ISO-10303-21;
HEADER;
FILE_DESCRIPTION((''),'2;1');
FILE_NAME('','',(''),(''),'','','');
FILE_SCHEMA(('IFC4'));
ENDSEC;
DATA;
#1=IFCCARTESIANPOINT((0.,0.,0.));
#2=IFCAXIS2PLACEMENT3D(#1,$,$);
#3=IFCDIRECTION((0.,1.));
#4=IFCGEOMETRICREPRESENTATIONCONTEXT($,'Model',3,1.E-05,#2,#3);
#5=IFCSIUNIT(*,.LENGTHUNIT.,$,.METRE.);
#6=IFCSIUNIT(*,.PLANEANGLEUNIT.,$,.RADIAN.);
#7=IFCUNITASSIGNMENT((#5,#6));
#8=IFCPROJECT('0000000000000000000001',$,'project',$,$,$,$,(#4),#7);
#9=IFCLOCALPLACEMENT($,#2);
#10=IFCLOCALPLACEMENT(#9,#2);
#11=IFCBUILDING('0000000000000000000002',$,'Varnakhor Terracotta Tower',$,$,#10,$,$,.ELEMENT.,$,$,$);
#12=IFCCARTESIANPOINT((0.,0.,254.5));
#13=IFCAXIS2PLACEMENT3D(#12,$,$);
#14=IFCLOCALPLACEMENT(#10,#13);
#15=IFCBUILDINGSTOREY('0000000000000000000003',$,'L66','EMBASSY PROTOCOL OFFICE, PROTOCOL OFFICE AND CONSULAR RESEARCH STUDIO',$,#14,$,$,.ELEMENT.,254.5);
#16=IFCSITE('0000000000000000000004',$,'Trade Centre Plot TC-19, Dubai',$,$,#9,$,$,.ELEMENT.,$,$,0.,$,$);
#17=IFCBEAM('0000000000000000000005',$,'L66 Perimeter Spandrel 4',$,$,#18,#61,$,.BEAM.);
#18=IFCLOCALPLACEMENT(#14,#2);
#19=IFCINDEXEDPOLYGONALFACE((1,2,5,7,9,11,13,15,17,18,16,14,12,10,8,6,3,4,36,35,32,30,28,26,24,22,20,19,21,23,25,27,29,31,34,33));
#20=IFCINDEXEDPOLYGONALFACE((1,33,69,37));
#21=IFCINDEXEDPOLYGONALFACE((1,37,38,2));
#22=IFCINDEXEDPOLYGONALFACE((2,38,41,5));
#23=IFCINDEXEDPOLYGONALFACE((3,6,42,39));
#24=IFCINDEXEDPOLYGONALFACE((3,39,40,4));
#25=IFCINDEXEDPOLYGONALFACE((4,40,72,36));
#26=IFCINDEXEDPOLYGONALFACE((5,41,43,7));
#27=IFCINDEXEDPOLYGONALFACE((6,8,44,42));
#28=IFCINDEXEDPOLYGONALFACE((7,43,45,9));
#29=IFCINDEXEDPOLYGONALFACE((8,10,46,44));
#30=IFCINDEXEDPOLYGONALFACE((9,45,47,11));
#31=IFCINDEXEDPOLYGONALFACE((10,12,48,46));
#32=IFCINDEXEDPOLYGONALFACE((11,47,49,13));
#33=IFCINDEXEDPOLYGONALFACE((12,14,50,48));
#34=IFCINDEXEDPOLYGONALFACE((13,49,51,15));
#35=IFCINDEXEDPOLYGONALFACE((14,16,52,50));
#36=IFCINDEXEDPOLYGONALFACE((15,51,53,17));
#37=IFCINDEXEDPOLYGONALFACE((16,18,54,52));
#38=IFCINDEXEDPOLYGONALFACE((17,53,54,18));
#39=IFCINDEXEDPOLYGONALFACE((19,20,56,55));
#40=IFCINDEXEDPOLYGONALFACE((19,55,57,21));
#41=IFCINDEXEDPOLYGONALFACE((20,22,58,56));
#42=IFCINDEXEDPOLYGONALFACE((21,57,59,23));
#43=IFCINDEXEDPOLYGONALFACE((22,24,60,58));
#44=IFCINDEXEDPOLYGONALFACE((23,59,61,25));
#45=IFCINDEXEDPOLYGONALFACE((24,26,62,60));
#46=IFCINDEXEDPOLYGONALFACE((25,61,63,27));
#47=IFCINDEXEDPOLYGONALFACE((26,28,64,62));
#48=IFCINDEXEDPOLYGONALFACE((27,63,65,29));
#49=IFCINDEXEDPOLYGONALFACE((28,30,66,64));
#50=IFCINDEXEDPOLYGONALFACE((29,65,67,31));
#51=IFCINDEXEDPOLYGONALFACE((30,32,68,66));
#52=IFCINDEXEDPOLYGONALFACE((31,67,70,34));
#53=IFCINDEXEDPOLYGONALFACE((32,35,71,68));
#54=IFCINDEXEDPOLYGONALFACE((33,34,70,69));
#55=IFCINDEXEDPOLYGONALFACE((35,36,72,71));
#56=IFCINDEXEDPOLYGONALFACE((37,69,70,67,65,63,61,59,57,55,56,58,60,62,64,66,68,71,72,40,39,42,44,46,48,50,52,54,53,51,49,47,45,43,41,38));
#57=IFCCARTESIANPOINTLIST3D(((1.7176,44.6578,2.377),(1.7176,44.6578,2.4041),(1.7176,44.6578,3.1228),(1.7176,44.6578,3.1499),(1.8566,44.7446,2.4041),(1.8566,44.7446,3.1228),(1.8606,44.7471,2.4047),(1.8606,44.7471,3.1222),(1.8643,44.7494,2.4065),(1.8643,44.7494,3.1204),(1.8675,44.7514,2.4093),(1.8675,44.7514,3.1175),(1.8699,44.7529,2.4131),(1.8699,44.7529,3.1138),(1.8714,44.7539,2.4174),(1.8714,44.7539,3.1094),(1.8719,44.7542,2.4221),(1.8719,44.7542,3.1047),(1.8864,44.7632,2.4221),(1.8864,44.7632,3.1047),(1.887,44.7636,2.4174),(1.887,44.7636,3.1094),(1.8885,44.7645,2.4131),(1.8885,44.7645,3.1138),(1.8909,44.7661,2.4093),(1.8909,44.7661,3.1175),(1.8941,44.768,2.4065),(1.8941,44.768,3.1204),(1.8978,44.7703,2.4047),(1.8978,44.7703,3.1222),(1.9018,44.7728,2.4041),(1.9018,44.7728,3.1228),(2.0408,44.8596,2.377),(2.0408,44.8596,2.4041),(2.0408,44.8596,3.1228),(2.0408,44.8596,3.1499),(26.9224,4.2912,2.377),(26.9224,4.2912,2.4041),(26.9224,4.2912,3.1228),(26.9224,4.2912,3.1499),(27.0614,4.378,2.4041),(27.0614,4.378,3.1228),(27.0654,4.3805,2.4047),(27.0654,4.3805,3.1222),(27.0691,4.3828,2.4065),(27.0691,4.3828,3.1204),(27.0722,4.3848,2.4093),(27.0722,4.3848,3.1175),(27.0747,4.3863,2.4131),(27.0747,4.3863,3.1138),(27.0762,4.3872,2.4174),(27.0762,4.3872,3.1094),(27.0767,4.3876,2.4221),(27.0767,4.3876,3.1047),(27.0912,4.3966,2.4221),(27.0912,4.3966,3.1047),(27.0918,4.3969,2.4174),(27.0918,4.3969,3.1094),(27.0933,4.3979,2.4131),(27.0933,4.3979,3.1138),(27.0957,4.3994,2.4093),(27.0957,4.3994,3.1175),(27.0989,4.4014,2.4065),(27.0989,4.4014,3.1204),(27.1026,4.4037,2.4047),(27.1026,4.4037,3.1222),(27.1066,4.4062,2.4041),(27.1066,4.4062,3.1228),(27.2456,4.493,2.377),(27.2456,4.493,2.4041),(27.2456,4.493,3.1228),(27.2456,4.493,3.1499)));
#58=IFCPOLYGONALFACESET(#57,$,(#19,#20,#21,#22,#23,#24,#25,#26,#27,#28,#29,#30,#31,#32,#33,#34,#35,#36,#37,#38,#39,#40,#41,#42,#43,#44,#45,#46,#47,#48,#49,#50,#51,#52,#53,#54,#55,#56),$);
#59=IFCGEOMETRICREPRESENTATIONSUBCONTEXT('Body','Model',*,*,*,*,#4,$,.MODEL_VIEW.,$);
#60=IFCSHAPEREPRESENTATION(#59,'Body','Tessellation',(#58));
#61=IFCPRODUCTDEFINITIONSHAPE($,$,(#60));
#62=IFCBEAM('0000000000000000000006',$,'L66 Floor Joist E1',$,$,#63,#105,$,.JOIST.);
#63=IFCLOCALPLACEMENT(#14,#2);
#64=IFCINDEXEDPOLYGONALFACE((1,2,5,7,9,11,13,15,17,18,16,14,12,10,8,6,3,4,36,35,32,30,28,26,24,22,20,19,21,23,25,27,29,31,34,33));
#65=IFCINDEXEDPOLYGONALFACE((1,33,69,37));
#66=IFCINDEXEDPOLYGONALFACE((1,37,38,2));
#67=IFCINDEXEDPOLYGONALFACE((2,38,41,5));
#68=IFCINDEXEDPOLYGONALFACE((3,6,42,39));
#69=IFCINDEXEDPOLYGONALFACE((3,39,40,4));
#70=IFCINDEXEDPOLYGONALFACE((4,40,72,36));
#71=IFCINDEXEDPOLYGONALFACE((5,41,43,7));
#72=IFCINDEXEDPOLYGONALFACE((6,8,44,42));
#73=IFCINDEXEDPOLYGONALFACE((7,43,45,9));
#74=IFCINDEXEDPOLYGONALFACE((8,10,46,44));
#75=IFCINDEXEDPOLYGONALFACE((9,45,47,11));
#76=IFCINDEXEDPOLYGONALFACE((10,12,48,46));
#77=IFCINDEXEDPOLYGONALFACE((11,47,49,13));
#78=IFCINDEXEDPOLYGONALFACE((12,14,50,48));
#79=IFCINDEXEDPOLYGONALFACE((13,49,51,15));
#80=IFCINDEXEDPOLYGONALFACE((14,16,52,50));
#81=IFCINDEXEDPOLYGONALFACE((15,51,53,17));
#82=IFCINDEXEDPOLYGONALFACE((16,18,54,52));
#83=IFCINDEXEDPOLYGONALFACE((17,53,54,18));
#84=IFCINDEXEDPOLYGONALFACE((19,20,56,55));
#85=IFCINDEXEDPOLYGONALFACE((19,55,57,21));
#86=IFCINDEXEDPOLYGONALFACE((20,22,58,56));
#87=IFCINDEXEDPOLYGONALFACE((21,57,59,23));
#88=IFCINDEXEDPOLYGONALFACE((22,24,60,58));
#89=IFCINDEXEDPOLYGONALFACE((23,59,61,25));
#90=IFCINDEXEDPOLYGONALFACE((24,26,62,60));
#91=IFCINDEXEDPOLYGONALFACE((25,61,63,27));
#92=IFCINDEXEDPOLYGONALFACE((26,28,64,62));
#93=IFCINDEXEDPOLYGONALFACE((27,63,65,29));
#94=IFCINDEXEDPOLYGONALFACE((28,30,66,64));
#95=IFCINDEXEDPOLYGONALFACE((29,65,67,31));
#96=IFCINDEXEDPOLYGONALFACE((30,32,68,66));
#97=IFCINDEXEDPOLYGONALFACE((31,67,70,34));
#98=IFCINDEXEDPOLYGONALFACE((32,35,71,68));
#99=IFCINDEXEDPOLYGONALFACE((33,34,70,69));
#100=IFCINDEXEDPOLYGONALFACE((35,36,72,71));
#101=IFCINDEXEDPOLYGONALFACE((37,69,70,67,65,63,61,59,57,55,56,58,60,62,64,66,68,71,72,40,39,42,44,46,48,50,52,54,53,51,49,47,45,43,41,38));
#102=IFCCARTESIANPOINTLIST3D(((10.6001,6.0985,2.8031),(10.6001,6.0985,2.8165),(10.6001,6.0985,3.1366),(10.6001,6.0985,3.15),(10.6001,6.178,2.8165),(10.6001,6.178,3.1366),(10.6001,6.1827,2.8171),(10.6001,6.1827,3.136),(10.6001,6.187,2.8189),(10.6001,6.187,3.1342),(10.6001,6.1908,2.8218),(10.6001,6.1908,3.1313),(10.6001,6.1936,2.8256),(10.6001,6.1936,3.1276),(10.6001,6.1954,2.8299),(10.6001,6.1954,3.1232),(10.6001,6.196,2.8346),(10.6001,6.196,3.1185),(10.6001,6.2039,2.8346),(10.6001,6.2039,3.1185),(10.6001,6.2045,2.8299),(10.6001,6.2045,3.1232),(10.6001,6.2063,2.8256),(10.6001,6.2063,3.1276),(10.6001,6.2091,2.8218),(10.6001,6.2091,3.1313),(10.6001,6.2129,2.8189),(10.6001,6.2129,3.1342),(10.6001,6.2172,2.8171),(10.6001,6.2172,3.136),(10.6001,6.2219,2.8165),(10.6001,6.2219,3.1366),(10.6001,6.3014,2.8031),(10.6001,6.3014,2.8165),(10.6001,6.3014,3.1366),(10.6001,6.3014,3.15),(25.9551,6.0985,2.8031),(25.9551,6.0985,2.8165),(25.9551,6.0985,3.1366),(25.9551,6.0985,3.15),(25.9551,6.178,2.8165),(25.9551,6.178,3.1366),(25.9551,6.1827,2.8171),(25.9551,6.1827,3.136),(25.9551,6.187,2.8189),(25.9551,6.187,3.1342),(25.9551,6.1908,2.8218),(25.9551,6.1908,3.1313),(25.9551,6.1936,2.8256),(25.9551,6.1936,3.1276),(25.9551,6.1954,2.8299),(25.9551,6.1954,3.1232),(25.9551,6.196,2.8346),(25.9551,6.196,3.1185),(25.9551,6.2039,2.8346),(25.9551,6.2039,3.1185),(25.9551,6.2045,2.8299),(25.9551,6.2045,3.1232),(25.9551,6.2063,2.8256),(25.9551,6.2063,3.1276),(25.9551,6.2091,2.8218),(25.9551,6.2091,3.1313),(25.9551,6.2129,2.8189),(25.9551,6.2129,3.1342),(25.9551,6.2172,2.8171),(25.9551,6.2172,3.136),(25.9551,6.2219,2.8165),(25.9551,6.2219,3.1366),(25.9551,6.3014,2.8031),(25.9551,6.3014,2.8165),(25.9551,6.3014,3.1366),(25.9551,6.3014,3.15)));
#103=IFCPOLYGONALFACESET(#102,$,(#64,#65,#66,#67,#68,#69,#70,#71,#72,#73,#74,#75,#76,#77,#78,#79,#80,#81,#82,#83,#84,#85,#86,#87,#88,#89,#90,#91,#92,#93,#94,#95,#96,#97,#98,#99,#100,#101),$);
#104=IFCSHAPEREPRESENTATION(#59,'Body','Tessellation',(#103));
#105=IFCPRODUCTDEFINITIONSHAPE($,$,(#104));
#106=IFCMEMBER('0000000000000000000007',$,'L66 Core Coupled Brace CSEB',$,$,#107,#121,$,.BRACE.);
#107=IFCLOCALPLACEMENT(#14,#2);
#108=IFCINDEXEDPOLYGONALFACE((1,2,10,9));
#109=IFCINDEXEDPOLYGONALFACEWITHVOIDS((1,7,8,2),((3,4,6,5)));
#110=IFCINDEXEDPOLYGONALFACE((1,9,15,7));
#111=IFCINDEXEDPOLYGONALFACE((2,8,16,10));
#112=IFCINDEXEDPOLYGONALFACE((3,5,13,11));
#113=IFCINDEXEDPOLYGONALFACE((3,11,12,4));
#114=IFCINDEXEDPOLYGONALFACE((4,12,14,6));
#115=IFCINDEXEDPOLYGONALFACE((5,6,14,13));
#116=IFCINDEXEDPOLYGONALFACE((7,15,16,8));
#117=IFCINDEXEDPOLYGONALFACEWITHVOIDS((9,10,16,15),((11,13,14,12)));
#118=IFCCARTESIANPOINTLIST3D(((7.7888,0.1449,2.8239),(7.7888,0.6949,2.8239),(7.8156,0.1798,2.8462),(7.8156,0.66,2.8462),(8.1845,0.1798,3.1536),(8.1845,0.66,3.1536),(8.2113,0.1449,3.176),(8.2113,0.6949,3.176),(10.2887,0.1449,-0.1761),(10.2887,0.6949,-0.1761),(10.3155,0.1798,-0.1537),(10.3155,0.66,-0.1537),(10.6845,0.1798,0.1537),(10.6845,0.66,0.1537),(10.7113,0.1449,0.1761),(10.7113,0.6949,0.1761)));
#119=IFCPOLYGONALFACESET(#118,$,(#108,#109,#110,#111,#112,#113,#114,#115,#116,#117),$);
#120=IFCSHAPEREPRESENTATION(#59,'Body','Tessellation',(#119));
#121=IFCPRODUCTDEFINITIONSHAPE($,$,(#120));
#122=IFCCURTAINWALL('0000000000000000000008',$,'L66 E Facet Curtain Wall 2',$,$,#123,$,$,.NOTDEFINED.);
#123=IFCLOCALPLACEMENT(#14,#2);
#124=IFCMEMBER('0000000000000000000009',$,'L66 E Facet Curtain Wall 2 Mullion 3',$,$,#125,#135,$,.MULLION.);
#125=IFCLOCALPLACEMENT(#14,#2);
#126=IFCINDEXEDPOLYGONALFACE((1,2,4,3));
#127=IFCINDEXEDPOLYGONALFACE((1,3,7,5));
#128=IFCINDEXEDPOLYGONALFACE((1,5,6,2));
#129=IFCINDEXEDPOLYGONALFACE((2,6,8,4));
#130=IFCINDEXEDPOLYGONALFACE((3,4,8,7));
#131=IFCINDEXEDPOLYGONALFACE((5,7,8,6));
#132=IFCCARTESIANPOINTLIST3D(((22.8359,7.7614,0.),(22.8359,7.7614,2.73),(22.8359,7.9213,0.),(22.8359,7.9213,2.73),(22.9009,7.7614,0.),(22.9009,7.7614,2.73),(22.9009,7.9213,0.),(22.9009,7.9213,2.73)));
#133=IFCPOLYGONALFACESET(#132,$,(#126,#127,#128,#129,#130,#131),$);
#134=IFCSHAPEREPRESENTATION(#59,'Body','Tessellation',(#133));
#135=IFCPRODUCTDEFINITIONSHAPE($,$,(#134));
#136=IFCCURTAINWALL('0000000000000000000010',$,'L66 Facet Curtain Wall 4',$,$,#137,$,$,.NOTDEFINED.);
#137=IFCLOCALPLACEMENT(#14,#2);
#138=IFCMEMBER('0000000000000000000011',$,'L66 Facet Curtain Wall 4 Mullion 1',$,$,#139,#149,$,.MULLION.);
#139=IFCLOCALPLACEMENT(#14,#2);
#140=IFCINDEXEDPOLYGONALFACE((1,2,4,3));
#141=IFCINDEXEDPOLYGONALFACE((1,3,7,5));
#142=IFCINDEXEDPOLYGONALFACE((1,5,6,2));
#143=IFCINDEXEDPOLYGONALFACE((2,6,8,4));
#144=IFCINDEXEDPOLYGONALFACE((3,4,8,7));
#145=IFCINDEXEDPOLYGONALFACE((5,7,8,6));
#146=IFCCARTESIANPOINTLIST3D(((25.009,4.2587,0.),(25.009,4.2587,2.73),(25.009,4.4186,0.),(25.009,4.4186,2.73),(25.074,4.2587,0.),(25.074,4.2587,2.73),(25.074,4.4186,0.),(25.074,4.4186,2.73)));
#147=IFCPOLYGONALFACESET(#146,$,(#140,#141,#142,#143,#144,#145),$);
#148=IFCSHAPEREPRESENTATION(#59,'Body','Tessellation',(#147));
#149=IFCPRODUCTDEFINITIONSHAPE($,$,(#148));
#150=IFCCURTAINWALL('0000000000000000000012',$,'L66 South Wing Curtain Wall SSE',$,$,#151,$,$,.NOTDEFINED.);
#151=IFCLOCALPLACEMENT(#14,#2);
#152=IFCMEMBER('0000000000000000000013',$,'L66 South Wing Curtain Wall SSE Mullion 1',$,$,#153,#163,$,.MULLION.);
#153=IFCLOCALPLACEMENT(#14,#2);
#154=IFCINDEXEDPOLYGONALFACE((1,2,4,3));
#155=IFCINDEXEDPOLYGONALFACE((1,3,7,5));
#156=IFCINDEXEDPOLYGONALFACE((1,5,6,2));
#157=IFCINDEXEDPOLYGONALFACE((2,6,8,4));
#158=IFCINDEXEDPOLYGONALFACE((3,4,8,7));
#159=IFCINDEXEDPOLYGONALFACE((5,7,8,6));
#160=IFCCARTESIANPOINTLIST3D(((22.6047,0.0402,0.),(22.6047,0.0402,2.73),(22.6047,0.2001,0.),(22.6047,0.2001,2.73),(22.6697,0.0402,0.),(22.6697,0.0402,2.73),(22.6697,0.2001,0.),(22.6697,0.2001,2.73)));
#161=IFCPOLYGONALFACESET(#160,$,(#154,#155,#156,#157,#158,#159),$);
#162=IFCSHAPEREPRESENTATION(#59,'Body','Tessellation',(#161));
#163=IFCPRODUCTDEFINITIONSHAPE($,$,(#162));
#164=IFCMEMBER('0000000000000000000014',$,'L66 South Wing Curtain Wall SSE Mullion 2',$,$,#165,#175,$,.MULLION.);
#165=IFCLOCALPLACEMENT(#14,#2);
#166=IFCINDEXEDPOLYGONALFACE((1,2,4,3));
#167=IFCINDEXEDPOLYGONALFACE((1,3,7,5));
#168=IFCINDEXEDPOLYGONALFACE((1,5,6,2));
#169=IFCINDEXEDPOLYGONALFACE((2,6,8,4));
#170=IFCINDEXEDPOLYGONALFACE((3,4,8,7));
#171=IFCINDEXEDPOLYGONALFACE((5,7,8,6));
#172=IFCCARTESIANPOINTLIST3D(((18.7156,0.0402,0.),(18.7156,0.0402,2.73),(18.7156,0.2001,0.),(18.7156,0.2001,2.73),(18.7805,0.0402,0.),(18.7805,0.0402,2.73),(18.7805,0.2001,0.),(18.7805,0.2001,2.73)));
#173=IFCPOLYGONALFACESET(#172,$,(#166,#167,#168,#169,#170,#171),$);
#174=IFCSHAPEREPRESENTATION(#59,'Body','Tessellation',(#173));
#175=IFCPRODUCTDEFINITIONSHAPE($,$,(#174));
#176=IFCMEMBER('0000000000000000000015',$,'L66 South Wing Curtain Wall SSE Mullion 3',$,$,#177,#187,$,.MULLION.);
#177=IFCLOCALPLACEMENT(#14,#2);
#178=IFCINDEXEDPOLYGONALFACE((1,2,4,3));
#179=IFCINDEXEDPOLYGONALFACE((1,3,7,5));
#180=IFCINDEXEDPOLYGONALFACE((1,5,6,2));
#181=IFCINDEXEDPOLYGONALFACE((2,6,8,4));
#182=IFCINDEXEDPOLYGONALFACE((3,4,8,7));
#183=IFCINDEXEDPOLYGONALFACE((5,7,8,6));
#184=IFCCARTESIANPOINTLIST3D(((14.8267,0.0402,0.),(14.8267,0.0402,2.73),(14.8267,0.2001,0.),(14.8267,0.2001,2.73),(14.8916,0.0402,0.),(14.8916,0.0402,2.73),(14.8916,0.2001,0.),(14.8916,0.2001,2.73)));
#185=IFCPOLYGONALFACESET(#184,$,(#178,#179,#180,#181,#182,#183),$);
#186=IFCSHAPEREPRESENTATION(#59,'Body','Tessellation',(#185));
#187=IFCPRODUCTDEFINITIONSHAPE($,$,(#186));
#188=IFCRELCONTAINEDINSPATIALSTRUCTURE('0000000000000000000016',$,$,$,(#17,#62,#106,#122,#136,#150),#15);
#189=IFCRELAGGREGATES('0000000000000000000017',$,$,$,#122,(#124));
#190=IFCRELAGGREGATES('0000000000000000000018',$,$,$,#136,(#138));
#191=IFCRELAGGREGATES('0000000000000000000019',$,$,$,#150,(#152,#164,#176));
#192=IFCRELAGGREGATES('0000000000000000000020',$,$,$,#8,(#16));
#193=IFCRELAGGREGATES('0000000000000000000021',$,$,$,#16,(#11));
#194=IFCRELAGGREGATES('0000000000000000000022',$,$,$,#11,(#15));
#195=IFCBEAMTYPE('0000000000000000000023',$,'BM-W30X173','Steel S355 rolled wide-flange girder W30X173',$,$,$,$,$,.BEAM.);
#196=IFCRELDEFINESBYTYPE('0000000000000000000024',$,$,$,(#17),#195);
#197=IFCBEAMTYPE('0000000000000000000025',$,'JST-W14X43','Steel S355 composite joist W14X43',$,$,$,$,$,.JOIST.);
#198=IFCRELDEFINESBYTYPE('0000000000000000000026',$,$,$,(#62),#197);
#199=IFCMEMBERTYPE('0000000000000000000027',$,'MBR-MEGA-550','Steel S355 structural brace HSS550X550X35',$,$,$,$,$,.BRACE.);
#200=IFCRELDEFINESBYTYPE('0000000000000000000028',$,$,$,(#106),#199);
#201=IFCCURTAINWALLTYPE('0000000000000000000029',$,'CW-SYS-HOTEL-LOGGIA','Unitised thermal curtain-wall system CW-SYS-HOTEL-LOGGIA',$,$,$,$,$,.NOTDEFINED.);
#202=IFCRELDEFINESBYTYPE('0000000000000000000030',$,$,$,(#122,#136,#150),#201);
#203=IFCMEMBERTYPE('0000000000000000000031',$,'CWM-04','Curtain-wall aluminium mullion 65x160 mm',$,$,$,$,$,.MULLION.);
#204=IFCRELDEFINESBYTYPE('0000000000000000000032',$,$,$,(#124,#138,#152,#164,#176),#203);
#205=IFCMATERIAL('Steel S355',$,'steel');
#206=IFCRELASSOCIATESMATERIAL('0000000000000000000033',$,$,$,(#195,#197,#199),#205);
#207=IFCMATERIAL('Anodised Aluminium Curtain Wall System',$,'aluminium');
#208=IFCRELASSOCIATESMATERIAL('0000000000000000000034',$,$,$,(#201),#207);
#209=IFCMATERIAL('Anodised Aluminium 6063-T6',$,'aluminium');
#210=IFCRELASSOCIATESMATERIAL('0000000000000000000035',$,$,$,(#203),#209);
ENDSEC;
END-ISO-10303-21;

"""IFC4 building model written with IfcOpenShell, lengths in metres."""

from ifc_helpers import new_model, si_unit, direction, frame, origin, origin_2d, place, context, subcontext, project, spatial, rectangle, hollow_rectangle, i_section, extrude, source, transform, mapped, material, material_profile, profile_set, type_object, element, aggregate, save


model = new_model("IFC4")

# Units and contexts
model_context = context("Model", 3, precision=1e-05, world=origin(), true_north=direction((0.0, 1.0)))
body_context = subcontext(model_context, "Body", "Model", "MODEL_VIEW")
ifc_project = project(units=[si_unit("LENGTHUNIT", "METRE"), si_unit("PLANEANGLEUNIT", "RADIAN")], contexts=[model_context])

# Site, building, storey
site_placement = place(None, origin())
site = spatial("IfcSite", under=ifc_project, at=site_placement, Name="Trade Centre Plot TC-19, Dubai", CompositionType="ELEMENT", RefElevation=0.0)
building_placement = place(site_placement, origin())
building = spatial("IfcBuilding", under=site, at=building_placement, Name="Varnakhor Terracotta Tower", CompositionType="ELEMENT")
storey_placement = place(building_placement, frame((0.0, 0.0, 254.5)))
storey = spatial("IfcBuildingStorey", under=building, at=storey_placement, Name="L66", Description="EMBASSY PROTOCOL OFFICE, PROTOCOL OFFICE AND CONSULAR RESEARCH STUDIO", CompositionType="ELEMENT", Elevation=254.5)

# Beams
ifc_material_1 = material(Name="Steel S355", Category="steel")
ifc_material_profile_1 = material_profile(ifc_material_1, i_section(OverallWidth=0.3811, OverallDepth=0.7729, WebThickness=0.0171, FlangeThickness=0.0271, FilletRadius=0.0181, at=origin_2d()), Name="W30X173")
ifc_profile_set_1 = profile_set([ifc_material_profile_1], Name="Steel S355")
beam_type_1 = type_object("IfcBeamType", Name="BM-W30X173", Description="Steel S355 rolled wide-flange girder W30X173", PredefinedType="BEAM", material=ifc_profile_set_1)
shared_shape_1 = source(origin(), body_context, "Body", "SweptSolid", [
    extrude(i_section(OverallWidth=0.3811, OverallDepth=0.7729, WebThickness=0.0171, FlangeThickness=0.0271, FilletRadius=0.0181, at=origin_2d()), origin(), (0.0, 0.0, 1.0), 47.5894),
])
beam_1_placement = place(storey_placement, frame((27.084, 4.3921, 2.7634), z_axis=(-0.529631, 0.848228, 0.0), x_axis=(-0.848228, -0.529631, 0.0)))
element("IfcBeam", 1, at=beam_1_placement, inside=storey, type_object=beam_type_1, Name="L66 Perimeter Spandrel 4", PredefinedType="BEAM", context=body_context, shape_type="MappedRepresentation", body=[
    mapped(shared_shape_1, transform((0.0, 0.0, 0.0), scale=1.0)),
])
ifc_material_profile_2 = material_profile(ifc_material_1, i_section(OverallWidth=0.2029, OverallDepth=0.3469, WebThickness=0.0078, FlangeThickness=0.0134, FilletRadius=0.0181, at=origin_2d()), Name="W14X43")
ifc_profile_set_2 = profile_set([ifc_material_profile_2], Name="Steel S355")
beam_type_2 = type_object("IfcBeamType", Name="JST-W14X43", Description="Steel S355 composite joist W14X43", PredefinedType="JOIST", material=ifc_profile_set_2)
shared_shape_2 = source(origin(), body_context, "Body", "SweptSolid", [
    extrude(i_section(OverallWidth=0.2029, OverallDepth=0.3469, WebThickness=0.0078, FlangeThickness=0.0134, FilletRadius=0.0181, at=origin_2d()), origin(), (0.0, 0.0, 1.0), 15.355),
])
beam_2_placement = place(storey_placement, frame((10.6001, 6.2, 2.9766), z_axis=(1.0, 0.0, 0.0), x_axis=(0.0, 1.0, 0.0)))
element("IfcBeam", 2, at=beam_2_placement, inside=storey, type_object=beam_type_2, Name="L66 Floor Joist E1", PredefinedType="JOIST", context=body_context, shape_type="MappedRepresentation", body=[
    mapped(shared_shape_2, transform((0.0, 0.0, 0.0), scale=1.0)),
])

# Member
ifc_material_profile_3 = material_profile(ifc_material_1, hollow_rectangle(XDim=0.55, YDim=0.55, WallThickness=0.0349, at=origin_2d()), Name="HSS550X550X35")
ifc_profile_set_3 = profile_set([ifc_material_profile_3], Name="Steel S355")
member_type_1 = type_object("IfcMemberType", Name="MBR-MEGA-550", Description="Steel S355 structural brace HSS550X550X35", PredefinedType="BRACE", material=ifc_profile_set_3)
shared_shape_3 = source(origin(), body_context, "Body", "SweptSolid", [
    extrude(hollow_rectangle(XDim=0.55, YDim=0.55, WallThickness=0.0349, at=origin_2d()), origin(), (0.0, 0.0, 1.0), 3.905),
])
member_1_placement = place(storey_placement, frame((10.5, 0.4199, 0.0), z_axis=(-0.640184, 0.0, 0.768221), x_axis=(0.0, -1.0, 0.0)))
element("IfcMember", 3, at=member_1_placement, inside=storey, type_object=member_type_1, Name="L66 Core Coupled Brace CSEB", PredefinedType="BRACE", context=body_context, shape_type="MappedRepresentation", body=[
    mapped(shared_shape_3, transform((0.0, 0.0, 0.0), scale=1.0)),
])

# Curtain walls, members
ifc_material_2 = material(Name="Anodised Aluminium Curtain Wall System", Category="aluminium")
curtain_wall_type = type_object("IfcCurtainWallType", Name="CW-SYS-HOTEL-LOGGIA", Description="Unitised thermal curtain-wall system CW-SYS-HOTEL-LOGGIA", PredefinedType="NOTDEFINED", material=ifc_material_2)
curtain_wall_1_placement = place(storey_placement, origin())
curtain_wall_1 = element("IfcCurtainWall", 4, at=curtain_wall_1_placement, inside=storey, type_object=curtain_wall_type, Name="L66 E Facet Curtain Wall 2", PredefinedType="NOTDEFINED")
ifc_material_3 = material(Name="Anodised Aluminium 6063-T6", Category="aluminium")
ifc_material_profile_4 = material_profile(ifc_material_3, rectangle(XDim=0.0649, YDim=0.1599, at=origin_2d()), Name="ALU MULLION 65x160")
ifc_profile_set_4 = profile_set([ifc_material_profile_4], Name="Anodised Aluminium 6063-T6")
member_type_2 = type_object("IfcMemberType", Name="CWM-04", Description="Curtain-wall aluminium mullion 65x160 mm", PredefinedType="MULLION", material=ifc_profile_set_4)
shared_shape_4 = source(origin(), body_context, "Body", "SweptSolid", [
    extrude(rectangle(XDim=0.0649, YDim=0.1599, at=origin_2d()), origin(), (0.0, 0.0, 1.0), 2.73),
])
member_2_placement = place(storey_placement, frame((22.8684, 7.8413, 0.0), z_axis=(0.0, 0.0, 1.0), x_axis=(1.0, 0.0, 0.0)))
member_2 = element("IfcMember", 5, at=member_2_placement, type_object=member_type_2, Name="L66 E Facet Curtain Wall 2 Mullion 3", PredefinedType="MULLION", context=body_context, shape_type="MappedRepresentation", body=[
    mapped(shared_shape_4, transform((0.0, 0.0, 0.0), scale=1.0)),
])
curtain_wall_2_placement = place(storey_placement, origin())
curtain_wall_2 = element("IfcCurtainWall", 6, at=curtain_wall_2_placement, inside=storey, type_object=curtain_wall_type, Name="L66 Facet Curtain Wall 4", PredefinedType="NOTDEFINED")
member_3_placement = place(storey_placement, frame((25.0415, 4.3386, 0.0), z_axis=(0.0, 0.0, 1.0), x_axis=(1.0, 0.0, 0.0)))
member_3 = element("IfcMember", 7, at=member_3_placement, type_object=member_type_2, Name="L66 Facet Curtain Wall 4 Mullion 1", PredefinedType="MULLION", context=body_context, shape_type="MappedRepresentation", body=[
    mapped(shared_shape_4, transform((0.0, 0.0, 0.0), scale=1.0)),
])

# Curtain wall, members
curtain_wall_3_placement = place(storey_placement, origin())
curtain_wall_3 = element("IfcCurtainWall", 8, at=curtain_wall_3_placement, inside=storey, type_object=curtain_wall_type, Name="L66 South Wing Curtain Wall SSE", PredefinedType="NOTDEFINED")
member_4_placement = place(storey_placement, frame((22.6372, 0.1201, 0.0), z_axis=(0.0, 0.0, 1.0), x_axis=(1.0, 0.0, 0.0)))
member_4 = element("IfcMember", 9, at=member_4_placement, type_object=member_type_2, Name="L66 South Wing Curtain Wall SSE Mullion 1", PredefinedType="MULLION", context=body_context, shape_type="MappedRepresentation", body=[
    mapped(shared_shape_4, transform((0.0, 0.0, 0.0), scale=1.0)),
])
member_5_placement = place(storey_placement, frame((18.748, 0.1201, 0.0), z_axis=(0.0, 0.0, 1.0), x_axis=(1.0, 0.0, 0.0)))
member_5 = element("IfcMember", 10, at=member_5_placement, type_object=member_type_2, Name="L66 South Wing Curtain Wall SSE Mullion 2", PredefinedType="MULLION", context=body_context, shape_type="MappedRepresentation", body=[
    mapped(shared_shape_4, transform((0.0, 0.0, 0.0), scale=1.0)),
])
member_6_placement = place(storey_placement, frame((14.8591, 0.1201, 0.0), z_axis=(0.0, 0.0, 1.0), x_axis=(1.0, 0.0, 0.0)))
member_6 = element("IfcMember", 11, at=member_6_placement, type_object=member_type_2, Name="L66 South Wing Curtain Wall SSE Mullion 3", PredefinedType="MULLION", context=body_context, shape_type="MappedRepresentation", body=[
    mapped(shared_shape_4, transform((0.0, 0.0, 0.0), scale=1.0)),
])

aggregate(curtain_wall_1, [member_2])
aggregate(curtain_wall_2, [member_3])
aggregate(curtain_wall_3, [member_4, member_5, member_6])

save(model, "model.ifc")
